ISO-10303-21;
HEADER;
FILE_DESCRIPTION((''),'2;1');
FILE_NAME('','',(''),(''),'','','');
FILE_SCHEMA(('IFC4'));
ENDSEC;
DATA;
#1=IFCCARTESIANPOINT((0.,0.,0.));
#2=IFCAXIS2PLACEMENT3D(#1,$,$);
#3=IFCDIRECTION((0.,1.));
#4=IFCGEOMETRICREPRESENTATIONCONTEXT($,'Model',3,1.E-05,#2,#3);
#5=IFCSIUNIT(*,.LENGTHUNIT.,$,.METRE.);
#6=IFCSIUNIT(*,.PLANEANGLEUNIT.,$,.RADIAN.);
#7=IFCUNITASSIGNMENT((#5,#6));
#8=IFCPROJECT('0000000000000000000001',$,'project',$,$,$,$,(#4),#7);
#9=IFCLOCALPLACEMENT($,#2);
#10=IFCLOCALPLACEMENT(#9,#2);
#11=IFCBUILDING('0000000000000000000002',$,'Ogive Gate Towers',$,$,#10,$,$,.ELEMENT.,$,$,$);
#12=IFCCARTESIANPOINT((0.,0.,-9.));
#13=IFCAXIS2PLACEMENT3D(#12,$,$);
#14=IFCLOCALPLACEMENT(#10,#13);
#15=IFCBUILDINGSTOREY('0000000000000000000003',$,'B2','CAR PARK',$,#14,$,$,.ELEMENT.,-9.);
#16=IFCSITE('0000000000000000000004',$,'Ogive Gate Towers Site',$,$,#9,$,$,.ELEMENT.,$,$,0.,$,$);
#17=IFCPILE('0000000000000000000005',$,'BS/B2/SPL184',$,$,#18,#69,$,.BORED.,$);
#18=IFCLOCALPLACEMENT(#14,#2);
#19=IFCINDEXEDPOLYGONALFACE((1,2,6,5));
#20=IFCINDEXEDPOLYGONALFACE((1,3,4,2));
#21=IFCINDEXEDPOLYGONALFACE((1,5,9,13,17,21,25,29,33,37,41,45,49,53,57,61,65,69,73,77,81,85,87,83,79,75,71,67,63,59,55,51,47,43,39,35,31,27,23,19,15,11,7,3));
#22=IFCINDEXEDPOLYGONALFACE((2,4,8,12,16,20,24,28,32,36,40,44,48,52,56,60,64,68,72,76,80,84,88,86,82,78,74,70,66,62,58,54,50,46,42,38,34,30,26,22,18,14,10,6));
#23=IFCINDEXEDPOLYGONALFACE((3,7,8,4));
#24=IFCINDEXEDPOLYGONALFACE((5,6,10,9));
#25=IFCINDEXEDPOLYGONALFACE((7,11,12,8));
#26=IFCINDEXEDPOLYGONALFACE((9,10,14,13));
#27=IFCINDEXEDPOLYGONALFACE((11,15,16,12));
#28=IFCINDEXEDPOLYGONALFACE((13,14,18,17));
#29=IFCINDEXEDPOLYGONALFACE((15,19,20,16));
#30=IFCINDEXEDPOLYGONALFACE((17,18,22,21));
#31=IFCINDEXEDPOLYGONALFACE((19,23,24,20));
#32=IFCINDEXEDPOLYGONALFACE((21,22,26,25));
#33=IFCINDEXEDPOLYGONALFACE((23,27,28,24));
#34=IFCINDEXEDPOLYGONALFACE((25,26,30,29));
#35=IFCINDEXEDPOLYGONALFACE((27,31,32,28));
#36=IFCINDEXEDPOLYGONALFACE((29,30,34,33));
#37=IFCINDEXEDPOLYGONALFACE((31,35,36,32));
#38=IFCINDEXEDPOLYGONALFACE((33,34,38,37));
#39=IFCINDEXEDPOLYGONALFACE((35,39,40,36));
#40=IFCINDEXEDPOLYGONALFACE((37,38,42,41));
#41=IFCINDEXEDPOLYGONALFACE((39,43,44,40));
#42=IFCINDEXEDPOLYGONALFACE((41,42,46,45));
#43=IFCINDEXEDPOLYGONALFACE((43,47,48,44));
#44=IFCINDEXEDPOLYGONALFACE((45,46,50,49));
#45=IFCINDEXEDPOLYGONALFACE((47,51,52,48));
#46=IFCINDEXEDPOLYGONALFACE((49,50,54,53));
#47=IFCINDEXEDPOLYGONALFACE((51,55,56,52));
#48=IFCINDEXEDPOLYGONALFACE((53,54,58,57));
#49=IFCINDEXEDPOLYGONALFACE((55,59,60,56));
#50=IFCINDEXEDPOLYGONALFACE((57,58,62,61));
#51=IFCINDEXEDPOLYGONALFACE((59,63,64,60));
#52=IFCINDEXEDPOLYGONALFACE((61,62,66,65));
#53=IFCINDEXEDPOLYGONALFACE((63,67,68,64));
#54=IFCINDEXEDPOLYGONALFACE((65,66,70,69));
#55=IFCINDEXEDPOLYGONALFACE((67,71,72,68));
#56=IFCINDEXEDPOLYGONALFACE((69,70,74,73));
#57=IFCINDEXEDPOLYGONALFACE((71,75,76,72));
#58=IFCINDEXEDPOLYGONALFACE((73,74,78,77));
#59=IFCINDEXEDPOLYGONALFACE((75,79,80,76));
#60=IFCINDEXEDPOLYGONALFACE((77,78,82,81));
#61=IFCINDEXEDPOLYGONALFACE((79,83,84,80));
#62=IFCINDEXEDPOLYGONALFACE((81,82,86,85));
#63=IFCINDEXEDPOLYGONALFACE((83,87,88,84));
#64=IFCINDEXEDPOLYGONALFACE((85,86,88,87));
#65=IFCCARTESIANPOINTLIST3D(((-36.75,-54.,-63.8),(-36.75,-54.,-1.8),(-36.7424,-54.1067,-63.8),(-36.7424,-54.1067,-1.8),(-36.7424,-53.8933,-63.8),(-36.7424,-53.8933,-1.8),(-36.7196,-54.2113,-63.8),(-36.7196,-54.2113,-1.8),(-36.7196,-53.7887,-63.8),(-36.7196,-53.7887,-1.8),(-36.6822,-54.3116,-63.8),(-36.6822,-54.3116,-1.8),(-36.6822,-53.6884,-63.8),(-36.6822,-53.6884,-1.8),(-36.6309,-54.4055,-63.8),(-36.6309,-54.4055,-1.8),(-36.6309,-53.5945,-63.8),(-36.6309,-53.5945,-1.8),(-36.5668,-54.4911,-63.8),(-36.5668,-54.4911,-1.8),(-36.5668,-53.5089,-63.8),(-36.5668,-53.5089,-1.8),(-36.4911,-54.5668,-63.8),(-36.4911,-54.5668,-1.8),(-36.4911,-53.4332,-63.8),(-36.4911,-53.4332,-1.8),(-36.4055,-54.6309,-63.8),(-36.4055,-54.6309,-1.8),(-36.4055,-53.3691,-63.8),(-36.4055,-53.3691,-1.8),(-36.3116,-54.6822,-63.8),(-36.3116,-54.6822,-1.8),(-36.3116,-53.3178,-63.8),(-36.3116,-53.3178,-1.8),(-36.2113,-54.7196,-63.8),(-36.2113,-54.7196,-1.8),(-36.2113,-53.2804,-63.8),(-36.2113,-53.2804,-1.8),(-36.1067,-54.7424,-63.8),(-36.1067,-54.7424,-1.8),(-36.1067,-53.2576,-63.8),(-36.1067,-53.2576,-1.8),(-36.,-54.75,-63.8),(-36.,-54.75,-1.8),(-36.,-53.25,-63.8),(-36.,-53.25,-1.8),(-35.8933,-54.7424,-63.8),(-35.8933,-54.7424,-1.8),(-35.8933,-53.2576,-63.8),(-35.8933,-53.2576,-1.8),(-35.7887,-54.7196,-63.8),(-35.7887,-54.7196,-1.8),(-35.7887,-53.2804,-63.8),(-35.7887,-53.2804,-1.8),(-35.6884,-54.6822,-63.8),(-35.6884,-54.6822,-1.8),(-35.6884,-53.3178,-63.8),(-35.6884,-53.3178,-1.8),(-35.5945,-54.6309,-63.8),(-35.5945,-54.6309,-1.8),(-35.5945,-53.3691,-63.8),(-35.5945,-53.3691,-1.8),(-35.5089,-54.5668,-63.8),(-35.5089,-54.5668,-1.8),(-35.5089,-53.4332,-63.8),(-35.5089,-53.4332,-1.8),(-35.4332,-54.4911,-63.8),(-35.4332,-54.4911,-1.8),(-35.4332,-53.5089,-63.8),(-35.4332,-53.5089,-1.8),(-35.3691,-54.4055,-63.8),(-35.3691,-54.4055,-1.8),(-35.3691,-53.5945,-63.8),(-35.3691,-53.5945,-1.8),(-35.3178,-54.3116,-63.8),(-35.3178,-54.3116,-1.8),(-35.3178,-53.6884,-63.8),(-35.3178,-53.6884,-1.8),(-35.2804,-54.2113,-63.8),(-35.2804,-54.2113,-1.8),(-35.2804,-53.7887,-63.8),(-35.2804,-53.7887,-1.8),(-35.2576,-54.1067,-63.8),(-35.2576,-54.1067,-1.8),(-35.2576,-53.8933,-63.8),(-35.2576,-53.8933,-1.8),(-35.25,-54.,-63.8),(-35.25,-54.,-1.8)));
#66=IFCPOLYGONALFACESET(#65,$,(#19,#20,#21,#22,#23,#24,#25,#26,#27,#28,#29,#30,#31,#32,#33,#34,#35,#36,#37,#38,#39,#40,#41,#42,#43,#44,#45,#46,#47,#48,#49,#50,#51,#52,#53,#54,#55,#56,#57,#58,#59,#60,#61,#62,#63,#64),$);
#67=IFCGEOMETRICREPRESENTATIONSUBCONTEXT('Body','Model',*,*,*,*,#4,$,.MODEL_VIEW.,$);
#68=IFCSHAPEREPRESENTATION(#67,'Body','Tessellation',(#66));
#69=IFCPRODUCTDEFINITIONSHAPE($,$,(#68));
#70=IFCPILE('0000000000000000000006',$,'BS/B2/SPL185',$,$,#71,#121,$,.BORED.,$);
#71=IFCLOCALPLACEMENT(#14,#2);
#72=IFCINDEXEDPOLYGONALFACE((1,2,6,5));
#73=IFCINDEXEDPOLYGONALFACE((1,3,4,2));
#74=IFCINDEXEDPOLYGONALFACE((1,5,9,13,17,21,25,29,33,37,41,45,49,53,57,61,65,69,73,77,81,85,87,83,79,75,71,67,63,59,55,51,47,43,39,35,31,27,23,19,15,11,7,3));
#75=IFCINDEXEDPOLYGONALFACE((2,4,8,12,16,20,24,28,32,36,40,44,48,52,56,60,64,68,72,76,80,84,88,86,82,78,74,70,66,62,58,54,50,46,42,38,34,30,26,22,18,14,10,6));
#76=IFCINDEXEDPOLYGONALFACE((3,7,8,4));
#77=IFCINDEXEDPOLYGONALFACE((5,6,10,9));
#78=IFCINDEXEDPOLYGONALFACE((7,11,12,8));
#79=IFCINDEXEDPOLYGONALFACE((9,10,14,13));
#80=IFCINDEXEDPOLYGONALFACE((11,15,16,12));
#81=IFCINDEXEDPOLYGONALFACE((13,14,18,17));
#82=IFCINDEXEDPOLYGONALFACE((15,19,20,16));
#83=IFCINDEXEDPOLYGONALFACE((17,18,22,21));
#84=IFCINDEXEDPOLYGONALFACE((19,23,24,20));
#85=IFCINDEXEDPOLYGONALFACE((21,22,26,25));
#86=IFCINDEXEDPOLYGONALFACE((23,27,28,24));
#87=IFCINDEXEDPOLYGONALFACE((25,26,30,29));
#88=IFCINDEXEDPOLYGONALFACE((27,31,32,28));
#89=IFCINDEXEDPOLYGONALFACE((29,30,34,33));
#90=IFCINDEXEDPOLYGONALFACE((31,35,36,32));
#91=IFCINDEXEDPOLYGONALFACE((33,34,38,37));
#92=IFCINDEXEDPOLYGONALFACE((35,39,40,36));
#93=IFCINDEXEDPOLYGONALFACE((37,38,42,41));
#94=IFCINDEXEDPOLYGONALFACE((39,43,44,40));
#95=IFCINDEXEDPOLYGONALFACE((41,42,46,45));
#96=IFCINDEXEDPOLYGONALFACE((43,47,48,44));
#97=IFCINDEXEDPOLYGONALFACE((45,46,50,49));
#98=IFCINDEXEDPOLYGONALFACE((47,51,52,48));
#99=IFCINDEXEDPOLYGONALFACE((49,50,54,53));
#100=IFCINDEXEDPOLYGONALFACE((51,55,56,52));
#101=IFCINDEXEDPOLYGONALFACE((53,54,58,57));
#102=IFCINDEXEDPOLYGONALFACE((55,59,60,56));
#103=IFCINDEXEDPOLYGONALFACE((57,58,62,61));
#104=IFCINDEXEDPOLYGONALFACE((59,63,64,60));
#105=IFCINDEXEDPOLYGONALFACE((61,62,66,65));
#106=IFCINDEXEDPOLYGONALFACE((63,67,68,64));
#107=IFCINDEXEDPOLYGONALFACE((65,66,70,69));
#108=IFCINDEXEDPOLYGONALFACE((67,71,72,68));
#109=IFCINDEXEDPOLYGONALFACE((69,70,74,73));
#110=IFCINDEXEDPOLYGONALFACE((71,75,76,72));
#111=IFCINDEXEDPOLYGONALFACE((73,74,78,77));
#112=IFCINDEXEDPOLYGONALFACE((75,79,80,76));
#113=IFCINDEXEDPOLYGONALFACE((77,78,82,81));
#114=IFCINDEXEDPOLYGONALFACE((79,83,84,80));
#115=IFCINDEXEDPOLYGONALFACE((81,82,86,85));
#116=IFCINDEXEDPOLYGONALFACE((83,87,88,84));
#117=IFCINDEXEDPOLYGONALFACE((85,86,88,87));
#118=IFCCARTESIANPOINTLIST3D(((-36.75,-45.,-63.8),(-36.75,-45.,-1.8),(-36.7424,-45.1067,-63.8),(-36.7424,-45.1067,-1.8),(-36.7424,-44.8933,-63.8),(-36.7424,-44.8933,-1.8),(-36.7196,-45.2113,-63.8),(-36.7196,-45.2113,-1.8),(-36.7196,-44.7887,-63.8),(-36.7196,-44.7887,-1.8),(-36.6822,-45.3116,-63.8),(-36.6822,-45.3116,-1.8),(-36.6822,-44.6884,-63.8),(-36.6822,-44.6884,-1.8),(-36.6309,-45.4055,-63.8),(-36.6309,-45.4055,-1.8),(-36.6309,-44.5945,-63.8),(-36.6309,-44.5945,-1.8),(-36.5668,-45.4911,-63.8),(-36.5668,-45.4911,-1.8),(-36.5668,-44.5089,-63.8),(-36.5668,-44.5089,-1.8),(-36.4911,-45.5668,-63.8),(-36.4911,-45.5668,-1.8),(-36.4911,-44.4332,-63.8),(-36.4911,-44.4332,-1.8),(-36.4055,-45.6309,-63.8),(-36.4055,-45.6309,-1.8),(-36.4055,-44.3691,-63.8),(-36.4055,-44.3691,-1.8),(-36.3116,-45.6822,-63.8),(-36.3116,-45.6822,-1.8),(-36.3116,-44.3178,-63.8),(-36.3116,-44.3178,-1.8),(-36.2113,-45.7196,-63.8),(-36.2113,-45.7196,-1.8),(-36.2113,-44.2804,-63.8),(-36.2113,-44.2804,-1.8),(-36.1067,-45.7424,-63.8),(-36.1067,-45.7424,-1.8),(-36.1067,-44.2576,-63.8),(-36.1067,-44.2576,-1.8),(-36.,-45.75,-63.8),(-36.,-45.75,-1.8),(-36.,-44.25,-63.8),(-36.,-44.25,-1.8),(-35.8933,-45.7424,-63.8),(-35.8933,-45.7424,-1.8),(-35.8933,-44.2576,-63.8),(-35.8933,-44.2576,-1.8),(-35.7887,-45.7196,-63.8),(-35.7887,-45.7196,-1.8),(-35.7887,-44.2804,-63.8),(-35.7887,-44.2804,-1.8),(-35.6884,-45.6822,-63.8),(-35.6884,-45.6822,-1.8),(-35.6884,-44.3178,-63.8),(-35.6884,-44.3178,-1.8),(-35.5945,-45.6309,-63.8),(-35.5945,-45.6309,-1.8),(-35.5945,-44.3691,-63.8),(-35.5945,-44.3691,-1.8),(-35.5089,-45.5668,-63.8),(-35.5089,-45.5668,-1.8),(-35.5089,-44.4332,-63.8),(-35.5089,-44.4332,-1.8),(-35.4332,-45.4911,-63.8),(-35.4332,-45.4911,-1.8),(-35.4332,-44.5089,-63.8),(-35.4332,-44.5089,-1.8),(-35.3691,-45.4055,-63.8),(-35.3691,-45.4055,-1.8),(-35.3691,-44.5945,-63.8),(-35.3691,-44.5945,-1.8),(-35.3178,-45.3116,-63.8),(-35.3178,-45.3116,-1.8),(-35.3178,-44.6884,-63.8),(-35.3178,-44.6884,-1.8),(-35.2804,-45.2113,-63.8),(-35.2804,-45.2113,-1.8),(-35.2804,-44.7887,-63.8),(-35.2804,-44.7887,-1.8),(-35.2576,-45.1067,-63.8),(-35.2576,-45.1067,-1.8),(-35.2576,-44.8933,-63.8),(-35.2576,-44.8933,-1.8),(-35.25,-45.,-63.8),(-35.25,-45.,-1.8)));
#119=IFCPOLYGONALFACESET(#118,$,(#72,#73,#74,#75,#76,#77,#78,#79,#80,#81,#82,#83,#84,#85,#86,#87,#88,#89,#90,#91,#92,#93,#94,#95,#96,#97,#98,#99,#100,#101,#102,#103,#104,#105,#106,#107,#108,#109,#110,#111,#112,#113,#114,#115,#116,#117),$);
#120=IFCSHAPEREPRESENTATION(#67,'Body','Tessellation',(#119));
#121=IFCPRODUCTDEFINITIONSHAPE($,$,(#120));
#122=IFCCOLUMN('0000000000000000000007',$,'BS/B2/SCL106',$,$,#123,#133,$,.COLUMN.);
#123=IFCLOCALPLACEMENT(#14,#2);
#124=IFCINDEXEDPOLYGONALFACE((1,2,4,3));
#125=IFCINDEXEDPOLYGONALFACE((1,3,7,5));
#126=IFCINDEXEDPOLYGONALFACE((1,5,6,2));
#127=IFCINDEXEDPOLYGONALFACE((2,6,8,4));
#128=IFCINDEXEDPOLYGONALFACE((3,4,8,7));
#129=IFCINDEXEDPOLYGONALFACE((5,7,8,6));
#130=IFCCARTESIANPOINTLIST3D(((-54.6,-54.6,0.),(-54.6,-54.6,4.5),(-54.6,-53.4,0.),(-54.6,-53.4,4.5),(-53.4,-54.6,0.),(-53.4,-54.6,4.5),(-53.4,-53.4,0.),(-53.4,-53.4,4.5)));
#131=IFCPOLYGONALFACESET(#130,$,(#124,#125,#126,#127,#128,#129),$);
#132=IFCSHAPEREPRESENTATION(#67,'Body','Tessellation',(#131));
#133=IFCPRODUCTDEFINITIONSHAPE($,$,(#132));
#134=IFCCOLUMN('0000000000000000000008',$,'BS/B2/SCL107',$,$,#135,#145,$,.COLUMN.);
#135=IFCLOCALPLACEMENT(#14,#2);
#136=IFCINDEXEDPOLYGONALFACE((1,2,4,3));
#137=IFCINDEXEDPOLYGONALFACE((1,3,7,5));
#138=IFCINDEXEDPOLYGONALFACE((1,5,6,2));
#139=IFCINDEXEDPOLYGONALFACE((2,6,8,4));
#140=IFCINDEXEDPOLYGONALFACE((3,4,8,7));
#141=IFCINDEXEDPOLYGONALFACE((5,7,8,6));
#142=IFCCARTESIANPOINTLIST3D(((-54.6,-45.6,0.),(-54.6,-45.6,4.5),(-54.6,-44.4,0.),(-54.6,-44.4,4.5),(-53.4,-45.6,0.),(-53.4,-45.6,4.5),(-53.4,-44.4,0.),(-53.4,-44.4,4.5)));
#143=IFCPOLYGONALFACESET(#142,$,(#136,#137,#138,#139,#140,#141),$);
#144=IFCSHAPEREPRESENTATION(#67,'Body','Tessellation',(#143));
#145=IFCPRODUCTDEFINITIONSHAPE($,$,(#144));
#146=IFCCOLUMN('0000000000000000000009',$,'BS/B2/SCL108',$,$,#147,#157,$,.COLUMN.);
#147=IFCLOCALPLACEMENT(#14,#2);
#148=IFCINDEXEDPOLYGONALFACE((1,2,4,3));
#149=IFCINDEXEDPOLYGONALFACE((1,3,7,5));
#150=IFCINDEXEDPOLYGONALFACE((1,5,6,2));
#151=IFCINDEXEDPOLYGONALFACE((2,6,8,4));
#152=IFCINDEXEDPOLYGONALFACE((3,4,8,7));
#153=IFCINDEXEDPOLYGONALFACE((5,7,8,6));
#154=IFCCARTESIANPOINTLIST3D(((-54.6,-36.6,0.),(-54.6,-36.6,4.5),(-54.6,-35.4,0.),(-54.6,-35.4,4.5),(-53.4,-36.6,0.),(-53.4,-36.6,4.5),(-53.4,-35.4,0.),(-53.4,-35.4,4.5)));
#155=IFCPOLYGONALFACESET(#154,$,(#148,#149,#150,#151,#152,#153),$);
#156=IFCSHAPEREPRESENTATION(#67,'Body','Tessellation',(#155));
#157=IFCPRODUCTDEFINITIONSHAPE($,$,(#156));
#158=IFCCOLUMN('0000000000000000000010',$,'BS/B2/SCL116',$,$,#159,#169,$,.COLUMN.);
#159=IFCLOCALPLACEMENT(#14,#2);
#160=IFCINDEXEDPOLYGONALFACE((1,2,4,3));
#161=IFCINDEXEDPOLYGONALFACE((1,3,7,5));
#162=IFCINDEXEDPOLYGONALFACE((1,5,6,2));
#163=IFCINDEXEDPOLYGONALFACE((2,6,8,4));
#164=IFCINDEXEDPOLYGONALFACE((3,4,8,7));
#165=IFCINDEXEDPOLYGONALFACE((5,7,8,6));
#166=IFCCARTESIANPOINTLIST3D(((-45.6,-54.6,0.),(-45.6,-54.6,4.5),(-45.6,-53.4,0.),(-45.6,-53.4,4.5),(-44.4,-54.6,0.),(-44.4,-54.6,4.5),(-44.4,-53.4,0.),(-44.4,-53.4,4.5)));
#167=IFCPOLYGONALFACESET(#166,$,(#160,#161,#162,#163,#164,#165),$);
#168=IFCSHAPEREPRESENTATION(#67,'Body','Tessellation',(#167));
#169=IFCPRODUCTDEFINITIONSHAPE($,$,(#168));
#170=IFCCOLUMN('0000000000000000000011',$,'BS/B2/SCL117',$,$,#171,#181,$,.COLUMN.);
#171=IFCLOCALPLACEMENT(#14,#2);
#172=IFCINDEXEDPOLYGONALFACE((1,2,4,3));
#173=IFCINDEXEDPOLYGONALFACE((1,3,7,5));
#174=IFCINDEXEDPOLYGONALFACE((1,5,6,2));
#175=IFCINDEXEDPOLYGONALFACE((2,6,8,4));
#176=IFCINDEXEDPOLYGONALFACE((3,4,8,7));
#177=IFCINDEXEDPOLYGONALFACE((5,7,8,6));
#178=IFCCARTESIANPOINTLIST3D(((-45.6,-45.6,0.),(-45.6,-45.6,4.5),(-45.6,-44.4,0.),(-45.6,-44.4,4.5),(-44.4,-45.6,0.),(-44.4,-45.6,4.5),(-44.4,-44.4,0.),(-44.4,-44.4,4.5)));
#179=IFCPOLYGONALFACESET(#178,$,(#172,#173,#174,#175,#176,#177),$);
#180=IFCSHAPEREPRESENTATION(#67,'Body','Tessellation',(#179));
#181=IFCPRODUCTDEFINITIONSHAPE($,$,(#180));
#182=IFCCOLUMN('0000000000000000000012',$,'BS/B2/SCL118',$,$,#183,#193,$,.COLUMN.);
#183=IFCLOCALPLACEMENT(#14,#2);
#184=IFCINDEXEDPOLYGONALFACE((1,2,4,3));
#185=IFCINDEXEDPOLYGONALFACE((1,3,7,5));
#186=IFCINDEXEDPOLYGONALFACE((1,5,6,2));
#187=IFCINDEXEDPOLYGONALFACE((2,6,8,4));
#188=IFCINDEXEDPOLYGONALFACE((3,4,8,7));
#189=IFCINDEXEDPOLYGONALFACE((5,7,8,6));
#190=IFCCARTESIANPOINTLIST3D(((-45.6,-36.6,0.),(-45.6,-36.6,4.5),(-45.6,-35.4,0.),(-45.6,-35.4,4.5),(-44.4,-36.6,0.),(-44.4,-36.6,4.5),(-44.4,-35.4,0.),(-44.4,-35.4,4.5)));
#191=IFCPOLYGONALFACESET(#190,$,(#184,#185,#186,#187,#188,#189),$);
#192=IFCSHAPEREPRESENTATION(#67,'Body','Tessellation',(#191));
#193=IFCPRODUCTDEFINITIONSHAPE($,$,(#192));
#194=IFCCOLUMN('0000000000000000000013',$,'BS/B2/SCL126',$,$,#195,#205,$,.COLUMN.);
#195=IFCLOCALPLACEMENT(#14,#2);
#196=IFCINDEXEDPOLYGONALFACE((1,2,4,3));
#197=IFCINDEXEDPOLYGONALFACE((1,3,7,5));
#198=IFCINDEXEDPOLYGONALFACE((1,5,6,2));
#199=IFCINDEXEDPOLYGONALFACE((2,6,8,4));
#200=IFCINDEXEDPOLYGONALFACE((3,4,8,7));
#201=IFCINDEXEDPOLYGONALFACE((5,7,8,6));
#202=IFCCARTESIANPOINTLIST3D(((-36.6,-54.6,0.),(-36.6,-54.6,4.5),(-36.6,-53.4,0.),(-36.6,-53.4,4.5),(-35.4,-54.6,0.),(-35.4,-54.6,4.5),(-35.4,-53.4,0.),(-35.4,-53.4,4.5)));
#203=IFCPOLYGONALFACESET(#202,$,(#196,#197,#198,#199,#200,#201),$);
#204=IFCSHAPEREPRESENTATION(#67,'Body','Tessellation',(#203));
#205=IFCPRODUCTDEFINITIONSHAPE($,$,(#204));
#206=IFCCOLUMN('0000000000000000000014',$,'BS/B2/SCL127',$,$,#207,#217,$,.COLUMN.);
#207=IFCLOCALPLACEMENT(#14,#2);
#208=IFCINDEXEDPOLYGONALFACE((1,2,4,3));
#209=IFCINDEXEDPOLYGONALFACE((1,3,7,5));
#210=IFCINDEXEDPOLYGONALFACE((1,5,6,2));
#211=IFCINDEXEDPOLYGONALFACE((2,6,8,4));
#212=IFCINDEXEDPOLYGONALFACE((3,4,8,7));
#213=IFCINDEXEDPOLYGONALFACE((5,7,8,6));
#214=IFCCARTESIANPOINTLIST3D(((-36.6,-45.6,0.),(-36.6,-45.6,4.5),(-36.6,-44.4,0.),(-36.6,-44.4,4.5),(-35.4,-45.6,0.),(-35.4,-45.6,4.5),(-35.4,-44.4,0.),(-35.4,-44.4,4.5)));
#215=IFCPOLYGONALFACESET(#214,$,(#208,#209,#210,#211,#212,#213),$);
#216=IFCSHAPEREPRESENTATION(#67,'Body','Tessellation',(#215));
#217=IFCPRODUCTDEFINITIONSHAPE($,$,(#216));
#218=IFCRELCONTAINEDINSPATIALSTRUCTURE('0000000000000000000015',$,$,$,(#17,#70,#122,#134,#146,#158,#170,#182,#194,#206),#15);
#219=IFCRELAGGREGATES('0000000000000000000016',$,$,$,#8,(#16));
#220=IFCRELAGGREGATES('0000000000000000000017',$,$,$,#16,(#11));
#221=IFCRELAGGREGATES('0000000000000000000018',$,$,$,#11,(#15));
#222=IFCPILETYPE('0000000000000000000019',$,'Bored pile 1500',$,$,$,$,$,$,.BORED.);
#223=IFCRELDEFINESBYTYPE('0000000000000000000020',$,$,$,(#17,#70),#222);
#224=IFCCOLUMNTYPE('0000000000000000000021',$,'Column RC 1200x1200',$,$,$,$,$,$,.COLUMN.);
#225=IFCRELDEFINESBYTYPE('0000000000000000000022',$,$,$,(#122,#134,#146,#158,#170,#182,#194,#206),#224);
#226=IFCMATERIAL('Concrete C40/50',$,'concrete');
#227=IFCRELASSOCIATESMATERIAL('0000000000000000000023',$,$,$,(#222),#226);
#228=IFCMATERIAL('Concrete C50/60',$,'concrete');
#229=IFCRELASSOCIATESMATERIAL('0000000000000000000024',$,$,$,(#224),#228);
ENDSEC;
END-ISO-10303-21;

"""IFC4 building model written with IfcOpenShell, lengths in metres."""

from ifc_helpers import new_model, si_unit, direction, frame, origin, origin_2d, place, context, subcontext, project, spatial, rectangle, circle, extrude, material, material_profile, profile_set, type_object, element, save


model = new_model("IFC4")

# Units and contexts
model_context = context("Model", 3, precision=1e-05, world=origin(), true_north=direction((0.0, 1.0)))
body_context = subcontext(model_context, "Body", "Model", "MODEL_VIEW")
ifc_project = project(units=[si_unit("LENGTHUNIT", "METRE"), si_unit("PLANEANGLEUNIT", "RADIAN")], contexts=[model_context])

# Site, building, storey
site_placement = place(None, origin())
site = spatial("IfcSite", under=ifc_project, at=site_placement, Name="Ogive Gate Towers Site", CompositionType="ELEMENT", RefElevation=0.0)
building_placement = place(site_placement, origin())
building = spatial("IfcBuilding", under=site, at=building_placement, Name="Ogive Gate Towers", CompositionType="ELEMENT")
storey_placement = place(building_placement, frame((0.0, 0.0, -9.0)))
storey = spatial("IfcBuildingStorey", under=building, at=storey_placement, Name="B2", Description="CAR PARK", CompositionType="ELEMENT", Elevation=-9.0)

# Piles
ifc_material_1 = material(Name="Concrete C40/50", Category="concrete")
ifc_material_profile_1 = material_profile(ifc_material_1, circle(Radius=0.75, at=origin_2d()), Name="BP 1500")
ifc_profile_set_1 = profile_set([ifc_material_profile_1], Name="Concrete C40/50")
pile_type = type_object("IfcPileType", Name="Bored pile 1500", PredefinedType="BORED", material=ifc_profile_set_1)
for number, where, z_axis, x_axis, name in (
    (1, (-36.0, -54.0, -1.8), (0.0, 0.0, -1.0), (1.0, 0.0, 0.0), "BS/B2/SPL184"),
    (2, (-36.0, -45.0, -1.8), (0.0, 0.0, -1.0), (1.0, 0.0, 0.0), "BS/B2/SPL185"),
):
    element("IfcPile", number, at=place(storey_placement, frame(where, z_axis=z_axis, x_axis=x_axis)), inside=storey, type_object=pile_type, Name=name, PredefinedType="BORED", context=body_context, shape_type="SweptSolid", body=[
        extrude(circle(Radius=0.75, at=origin_2d()), origin(), (0.0, 0.0, 1.0), 62.0),
    ])

# Columns
ifc_material_2 = material(Name="Concrete C50/60", Category="concrete")
ifc_material_profile_2 = material_profile(ifc_material_2, rectangle(XDim=1.2, YDim=1.2, at=origin_2d()), Name="RC 1200x1200")
ifc_profile_set_2 = profile_set([ifc_material_profile_2], Name="Concrete C50/60")
column_type = type_object("IfcColumnType", Name="Column RC 1200x1200", PredefinedType="COLUMN", material=ifc_profile_set_2)
for number, where, z_axis, x_axis, name in (
    (3, (-54.0, -54.0, 0.0), (0.0, 0.0, 1.0), (1.0, 0.0, 0.0), "BS/B2/SCL106"),
    (4, (-54.0, -45.0, 0.0), (0.0, 0.0, 1.0), (1.0, 0.0, 0.0), "BS/B2/SCL107"),
    (5, (-54.0, -36.0, 0.0), (0.0, 0.0, 1.0), (1.0, 0.0, 0.0), "BS/B2/SCL108"),
    (6, (-45.0, -54.0, 0.0), (0.0, 0.0, 1.0), (1.0, 0.0, 0.0), "BS/B2/SCL116"),
    (7, (-45.0, -45.0, 0.0), (0.0, 0.0, 1.0), (1.0, 0.0, 0.0), "BS/B2/SCL117"),
    (8, (-45.0, -36.0, 0.0), (0.0, 0.0, 1.0), (1.0, 0.0, 0.0), "BS/B2/SCL118"),
    (9, (-36.0, -54.0, 0.0), (0.0, 0.0, 1.0), (1.0, 0.0, 0.0), "BS/B2/SCL126"),
    (10, (-36.0, -45.0, 0.0), (0.0, 0.0, 1.0), (1.0, 0.0, 0.0), "BS/B2/SCL127"),
):
    element("IfcColumn", number, at=place(storey_placement, frame(where, z_axis=z_axis, x_axis=x_axis)), inside=storey, type_object=column_type, Name=name, PredefinedType="COLUMN", context=body_context, shape_type="SweptSolid", body=[
        extrude(rectangle(XDim=1.2, YDim=1.2, at=origin_2d()), origin(), (0.0, 0.0, 1.0), 4.5),
    ])

save(model, "model.ifc")
